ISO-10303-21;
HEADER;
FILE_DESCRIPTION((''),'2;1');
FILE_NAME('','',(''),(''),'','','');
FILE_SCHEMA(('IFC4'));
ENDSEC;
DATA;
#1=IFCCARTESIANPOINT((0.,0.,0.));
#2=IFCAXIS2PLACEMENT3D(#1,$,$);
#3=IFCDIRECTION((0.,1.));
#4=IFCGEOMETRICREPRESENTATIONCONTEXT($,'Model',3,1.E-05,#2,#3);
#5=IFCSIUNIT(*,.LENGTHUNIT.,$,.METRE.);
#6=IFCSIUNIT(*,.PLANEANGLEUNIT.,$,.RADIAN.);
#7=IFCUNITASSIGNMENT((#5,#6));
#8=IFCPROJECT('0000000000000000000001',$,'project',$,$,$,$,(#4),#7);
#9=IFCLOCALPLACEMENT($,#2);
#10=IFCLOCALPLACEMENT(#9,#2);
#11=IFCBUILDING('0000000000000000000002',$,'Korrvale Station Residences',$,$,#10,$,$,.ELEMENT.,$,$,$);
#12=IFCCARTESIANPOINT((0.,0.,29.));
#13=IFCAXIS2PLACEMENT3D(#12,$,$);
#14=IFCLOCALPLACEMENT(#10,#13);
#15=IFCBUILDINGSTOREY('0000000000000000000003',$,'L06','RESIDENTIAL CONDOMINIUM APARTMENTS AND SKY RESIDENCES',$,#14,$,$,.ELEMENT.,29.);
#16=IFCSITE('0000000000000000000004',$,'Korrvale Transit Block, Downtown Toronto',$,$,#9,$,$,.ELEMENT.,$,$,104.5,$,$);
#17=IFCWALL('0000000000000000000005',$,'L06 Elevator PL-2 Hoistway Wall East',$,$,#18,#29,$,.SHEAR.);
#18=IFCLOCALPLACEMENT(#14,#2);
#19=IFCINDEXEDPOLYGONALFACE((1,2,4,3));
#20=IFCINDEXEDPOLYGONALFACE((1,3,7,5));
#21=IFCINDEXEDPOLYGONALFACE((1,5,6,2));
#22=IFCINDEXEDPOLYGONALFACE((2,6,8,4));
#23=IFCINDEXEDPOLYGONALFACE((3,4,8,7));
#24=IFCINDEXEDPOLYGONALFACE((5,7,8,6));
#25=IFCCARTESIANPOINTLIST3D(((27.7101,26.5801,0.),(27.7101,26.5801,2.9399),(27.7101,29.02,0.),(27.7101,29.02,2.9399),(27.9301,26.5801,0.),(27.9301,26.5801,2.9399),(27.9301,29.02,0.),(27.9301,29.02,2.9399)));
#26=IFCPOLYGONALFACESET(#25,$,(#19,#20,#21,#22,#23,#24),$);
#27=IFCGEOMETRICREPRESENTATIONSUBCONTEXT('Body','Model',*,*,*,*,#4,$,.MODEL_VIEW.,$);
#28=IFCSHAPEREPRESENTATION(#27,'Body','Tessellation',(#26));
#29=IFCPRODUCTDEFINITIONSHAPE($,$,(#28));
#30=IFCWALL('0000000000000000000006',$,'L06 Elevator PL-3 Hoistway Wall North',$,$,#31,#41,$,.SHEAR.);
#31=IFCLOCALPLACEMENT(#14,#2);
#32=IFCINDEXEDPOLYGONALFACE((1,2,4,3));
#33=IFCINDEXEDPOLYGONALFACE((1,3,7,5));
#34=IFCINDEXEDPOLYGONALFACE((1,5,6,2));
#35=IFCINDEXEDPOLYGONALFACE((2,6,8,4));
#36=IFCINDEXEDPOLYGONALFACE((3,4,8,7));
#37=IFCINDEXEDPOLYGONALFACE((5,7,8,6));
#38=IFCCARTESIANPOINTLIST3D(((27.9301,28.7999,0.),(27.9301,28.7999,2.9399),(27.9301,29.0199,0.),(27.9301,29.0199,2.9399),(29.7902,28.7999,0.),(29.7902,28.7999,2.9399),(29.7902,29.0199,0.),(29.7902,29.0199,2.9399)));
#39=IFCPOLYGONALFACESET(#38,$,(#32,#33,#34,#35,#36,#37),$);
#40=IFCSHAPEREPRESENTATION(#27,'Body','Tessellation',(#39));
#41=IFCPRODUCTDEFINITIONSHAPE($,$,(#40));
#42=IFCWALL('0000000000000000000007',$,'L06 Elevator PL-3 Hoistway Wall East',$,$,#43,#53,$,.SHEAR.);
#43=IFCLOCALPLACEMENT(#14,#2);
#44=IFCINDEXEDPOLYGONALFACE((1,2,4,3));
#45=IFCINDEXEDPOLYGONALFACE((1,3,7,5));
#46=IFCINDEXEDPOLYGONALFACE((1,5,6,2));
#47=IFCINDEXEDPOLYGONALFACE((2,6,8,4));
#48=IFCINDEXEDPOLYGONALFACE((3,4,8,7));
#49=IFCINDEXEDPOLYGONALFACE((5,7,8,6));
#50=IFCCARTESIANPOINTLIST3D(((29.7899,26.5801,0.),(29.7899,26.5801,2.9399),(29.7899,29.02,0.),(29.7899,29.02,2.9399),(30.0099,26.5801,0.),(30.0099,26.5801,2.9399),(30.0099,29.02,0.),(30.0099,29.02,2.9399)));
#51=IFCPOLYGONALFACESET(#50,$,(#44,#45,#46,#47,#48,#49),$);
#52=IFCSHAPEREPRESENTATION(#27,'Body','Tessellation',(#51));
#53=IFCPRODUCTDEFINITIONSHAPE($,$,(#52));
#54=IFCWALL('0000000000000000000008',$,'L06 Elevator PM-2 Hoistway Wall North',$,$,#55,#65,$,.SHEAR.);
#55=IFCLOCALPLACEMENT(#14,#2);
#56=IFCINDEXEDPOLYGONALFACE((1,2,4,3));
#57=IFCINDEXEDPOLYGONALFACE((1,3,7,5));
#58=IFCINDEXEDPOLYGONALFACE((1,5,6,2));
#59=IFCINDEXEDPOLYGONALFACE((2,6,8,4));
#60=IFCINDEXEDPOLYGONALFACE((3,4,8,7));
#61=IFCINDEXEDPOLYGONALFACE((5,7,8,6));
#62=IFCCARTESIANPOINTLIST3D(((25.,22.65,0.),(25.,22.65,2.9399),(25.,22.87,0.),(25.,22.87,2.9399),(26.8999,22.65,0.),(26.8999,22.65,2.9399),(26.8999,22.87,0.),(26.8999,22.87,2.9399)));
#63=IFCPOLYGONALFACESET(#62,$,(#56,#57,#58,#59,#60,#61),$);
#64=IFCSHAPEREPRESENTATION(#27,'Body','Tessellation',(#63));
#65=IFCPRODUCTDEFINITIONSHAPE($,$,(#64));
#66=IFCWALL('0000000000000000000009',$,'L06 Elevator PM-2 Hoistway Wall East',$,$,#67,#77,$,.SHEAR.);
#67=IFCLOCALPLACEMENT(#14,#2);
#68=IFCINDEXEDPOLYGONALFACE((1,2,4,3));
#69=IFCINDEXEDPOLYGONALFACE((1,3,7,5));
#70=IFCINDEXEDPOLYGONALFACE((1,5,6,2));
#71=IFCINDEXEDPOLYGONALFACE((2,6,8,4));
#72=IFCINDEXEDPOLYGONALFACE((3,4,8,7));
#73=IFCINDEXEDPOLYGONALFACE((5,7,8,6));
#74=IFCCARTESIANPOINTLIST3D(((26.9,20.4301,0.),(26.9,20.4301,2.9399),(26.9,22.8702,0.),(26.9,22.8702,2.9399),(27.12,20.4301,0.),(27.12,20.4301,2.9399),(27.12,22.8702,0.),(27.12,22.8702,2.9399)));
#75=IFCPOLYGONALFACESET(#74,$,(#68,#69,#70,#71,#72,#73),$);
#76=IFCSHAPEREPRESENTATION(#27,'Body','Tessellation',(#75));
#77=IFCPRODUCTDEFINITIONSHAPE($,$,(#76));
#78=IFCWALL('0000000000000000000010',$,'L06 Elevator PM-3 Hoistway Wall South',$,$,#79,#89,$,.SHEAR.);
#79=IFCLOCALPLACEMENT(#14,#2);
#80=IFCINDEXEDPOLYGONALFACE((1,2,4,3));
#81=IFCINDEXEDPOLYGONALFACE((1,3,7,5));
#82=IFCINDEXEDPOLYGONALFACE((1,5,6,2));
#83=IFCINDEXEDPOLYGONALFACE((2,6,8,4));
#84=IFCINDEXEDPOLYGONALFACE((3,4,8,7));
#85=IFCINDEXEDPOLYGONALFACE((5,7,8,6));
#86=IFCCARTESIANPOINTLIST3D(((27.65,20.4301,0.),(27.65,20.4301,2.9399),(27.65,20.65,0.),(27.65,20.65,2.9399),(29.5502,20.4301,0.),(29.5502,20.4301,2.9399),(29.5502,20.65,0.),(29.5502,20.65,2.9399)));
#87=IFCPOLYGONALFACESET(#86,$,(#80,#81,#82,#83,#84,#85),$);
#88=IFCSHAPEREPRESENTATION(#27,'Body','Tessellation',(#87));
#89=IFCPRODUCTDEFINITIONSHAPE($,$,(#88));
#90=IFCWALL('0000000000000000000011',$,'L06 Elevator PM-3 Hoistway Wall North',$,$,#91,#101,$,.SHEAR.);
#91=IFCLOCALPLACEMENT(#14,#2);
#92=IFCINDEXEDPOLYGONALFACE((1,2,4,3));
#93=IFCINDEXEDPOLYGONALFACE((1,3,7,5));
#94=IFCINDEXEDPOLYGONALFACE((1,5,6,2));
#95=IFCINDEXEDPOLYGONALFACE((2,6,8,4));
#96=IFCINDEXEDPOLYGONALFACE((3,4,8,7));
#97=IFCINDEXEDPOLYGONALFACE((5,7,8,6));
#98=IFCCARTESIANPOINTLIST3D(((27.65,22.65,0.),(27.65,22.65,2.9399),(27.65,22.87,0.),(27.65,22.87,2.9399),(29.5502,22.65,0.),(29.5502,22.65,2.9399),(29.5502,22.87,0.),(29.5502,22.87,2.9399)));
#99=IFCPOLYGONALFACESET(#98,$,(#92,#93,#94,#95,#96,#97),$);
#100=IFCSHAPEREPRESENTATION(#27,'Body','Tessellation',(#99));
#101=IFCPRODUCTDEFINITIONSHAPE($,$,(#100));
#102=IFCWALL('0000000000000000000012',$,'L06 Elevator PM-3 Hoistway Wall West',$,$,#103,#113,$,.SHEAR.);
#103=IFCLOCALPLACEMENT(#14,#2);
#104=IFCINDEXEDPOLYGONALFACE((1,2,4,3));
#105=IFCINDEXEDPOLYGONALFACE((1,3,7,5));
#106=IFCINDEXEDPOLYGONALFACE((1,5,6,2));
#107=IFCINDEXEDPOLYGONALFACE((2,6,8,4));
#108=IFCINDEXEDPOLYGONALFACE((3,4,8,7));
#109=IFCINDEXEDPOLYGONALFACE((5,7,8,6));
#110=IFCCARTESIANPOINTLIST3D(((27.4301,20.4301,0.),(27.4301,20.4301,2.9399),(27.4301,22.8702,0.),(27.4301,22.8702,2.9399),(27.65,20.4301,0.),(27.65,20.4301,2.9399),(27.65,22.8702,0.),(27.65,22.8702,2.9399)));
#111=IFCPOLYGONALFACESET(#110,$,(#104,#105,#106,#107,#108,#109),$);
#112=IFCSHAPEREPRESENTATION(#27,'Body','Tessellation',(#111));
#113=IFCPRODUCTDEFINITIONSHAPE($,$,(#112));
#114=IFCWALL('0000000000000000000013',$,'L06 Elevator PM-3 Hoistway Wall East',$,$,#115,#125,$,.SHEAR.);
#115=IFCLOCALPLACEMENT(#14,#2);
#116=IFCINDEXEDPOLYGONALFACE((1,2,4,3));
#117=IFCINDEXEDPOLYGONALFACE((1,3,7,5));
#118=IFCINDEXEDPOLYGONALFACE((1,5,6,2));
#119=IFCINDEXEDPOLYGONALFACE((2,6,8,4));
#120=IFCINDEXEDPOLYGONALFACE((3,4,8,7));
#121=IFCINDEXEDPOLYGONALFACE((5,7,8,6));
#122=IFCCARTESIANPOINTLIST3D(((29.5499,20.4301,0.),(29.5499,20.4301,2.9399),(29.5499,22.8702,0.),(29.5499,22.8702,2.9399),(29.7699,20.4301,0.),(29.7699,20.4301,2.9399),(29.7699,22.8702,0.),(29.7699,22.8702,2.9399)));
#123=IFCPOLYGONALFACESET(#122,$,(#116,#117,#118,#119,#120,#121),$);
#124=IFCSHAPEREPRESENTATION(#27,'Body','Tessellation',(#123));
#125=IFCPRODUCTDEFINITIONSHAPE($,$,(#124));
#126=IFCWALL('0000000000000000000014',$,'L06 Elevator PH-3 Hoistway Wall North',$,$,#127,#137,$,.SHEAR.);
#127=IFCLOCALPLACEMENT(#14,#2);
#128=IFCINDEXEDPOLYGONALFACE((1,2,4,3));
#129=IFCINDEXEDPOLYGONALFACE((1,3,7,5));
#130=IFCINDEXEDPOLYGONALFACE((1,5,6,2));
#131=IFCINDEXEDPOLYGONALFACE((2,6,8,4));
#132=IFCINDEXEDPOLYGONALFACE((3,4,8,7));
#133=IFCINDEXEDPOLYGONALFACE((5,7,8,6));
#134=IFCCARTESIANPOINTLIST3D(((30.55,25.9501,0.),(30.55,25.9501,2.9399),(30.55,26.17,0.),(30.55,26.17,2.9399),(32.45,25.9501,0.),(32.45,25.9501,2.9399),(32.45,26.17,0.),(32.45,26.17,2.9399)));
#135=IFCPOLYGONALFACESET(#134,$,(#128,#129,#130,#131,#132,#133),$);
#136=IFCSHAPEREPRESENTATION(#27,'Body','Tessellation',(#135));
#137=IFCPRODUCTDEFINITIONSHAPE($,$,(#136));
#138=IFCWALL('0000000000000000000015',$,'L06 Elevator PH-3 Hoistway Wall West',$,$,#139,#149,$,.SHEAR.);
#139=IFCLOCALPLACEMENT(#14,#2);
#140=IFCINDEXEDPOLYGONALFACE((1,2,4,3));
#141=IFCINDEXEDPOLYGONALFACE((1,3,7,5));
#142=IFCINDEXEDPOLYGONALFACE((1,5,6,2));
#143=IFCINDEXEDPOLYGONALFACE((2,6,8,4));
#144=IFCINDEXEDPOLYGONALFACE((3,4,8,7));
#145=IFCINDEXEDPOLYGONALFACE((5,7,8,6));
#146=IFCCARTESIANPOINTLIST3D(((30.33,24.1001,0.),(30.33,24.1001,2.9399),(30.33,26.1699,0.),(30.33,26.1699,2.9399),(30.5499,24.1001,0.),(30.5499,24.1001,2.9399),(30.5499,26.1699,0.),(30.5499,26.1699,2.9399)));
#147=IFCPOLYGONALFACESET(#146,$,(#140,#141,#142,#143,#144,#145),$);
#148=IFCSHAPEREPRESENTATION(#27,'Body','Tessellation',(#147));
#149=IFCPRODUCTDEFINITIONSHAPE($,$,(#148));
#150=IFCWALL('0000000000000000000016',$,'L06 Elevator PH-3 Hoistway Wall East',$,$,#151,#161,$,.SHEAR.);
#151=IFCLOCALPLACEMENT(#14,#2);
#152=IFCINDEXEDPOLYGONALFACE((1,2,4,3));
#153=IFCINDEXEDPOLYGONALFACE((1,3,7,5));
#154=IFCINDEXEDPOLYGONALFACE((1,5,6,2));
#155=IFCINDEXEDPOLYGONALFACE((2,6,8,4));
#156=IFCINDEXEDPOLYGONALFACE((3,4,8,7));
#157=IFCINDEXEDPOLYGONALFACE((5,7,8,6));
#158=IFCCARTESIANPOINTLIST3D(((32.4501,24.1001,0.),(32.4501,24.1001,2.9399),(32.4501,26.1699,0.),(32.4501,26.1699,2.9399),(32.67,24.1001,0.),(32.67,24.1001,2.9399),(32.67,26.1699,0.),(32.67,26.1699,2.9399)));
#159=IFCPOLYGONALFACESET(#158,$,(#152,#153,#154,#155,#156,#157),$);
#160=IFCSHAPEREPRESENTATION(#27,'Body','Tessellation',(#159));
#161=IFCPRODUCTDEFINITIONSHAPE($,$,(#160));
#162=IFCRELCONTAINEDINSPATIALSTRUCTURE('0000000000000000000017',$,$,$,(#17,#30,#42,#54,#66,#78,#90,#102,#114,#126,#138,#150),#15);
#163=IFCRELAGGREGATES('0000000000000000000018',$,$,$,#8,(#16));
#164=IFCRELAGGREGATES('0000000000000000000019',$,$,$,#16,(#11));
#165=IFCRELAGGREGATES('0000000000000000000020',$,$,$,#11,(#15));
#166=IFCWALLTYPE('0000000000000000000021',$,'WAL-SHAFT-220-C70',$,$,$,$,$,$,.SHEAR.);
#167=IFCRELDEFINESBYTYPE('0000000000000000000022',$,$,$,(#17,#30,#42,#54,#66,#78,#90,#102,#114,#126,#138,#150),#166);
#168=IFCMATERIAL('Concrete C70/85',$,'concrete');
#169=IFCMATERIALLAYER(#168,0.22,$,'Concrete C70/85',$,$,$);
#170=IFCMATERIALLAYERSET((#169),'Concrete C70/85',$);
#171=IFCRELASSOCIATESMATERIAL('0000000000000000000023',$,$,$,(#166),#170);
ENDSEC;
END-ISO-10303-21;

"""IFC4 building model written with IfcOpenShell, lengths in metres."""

from ifc_helpers import new_model, si_unit, direction, frame, frame_2d, origin, place, context, subcontext, project, spatial, rectangle, extrude, material, layer, layer_set, type_object, element, save


model = new_model("IFC4")

# Units and contexts
model_context = context("Model", 3, precision=1e-05, world=origin(), true_north=direction((0.0, 1.0)))
body_context = subcontext(model_context, "Body", "Model", "MODEL_VIEW")
ifc_project = project(units=[si_unit("LENGTHUNIT", "METRE"), si_unit("PLANEANGLEUNIT", "RADIAN")], contexts=[model_context])

# Site, building, storey
site_placement = place(None, origin())
site = spatial("IfcSite", under=ifc_project, at=site_placement, Name="Korrvale Transit Block, Downtown Toronto", CompositionType="ELEMENT", RefElevation=104.5)
building_placement = place(site_placement, origin())
building = spatial("IfcBuilding", under=site, at=building_placement, Name="Korrvale Station Residences", CompositionType="ELEMENT")
storey_placement = place(building_placement, frame((0.0, 0.0, 29.0)))
storey = spatial("IfcBuildingStorey", under=building, at=storey_placement, Name="L06", Description="RESIDENTIAL CONDOMINIUM APARTMENTS AND SKY RESIDENCES", CompositionType="ELEMENT", Elevation=29.0)

# Shared definitions
ifc_material_1 = material(Name="Concrete C70/85", Category="concrete")

# Shared definitions
ifc_layer_1 = layer(ifc_material_1, 0.22, Name="Concrete C70/85")
ifc_layer_set_1 = layer_set([ifc_layer_1], Name="Concrete C70/85")
wall_type_1 = type_object("IfcWallType", Name="WAL-SHAFT-220-C70", PredefinedType="SHEAR", material=ifc_layer_set_1)

# Wall
for number, where, z_axis, x_axis, name in (
    (1, (27.8201, 26.5801, 0.0), (0.0, 0.0, 1.0), (0.0, 1.0, 0.0), "L06 Elevator PL-2 Hoistway Wall East"),
):
    element("IfcWall", number, at=place(storey_placement, frame(where, z_axis=z_axis, x_axis=x_axis)), inside=storey, type_object=wall_type_1, Name=name, PredefinedType="SHEAR", context=body_context, shape_type="SweptSolid", body=[
        extrude(rectangle(XDim=2.4399, YDim=0.22, at=frame_2d((1.22, 0.0))), origin(), (0.0, 0.0, 1.0), 2.9399),
    ])

# Walls
wall_1_placement = place(storey_placement, frame((27.9299, 28.9099, 0.0), z_axis=(0.0, 0.0, 1.0), x_axis=(1.0, 0.0, 0.0)))
element("IfcWall", 2, at=wall_1_placement, inside=storey, type_object=wall_type_1, Name="L06 Elevator PL-3 Hoistway Wall North", PredefinedType="SHEAR", context=body_context, shape_type="SweptSolid", body=[
    extrude(rectangle(XDim=1.8601, YDim=0.22, at=frame_2d((0.9302, 0.0))), origin(), (0.0, 0.0, 1.0), 2.9399),
])
wall_2_placement = place(storey_placement, frame((29.8999, 26.5801, 0.0), z_axis=(0.0, 0.0, 1.0), x_axis=(0.0, 1.0, 0.0)))
element("IfcWall", 3, at=wall_2_placement, inside=storey, type_object=wall_type_1, Name="L06 Elevator PL-3 Hoistway Wall East", PredefinedType="SHEAR", context=body_context, shape_type="SweptSolid", body=[
    extrude(rectangle(XDim=2.4399, YDim=0.22, at=frame_2d((1.22, 0.0))), origin(), (0.0, 0.0, 1.0), 2.9399),
])
wall_3_placement = place(storey_placement, frame((25.0, 22.76, 0.0), z_axis=(0.0, 0.0, 1.0), x_axis=(1.0, 0.0, 0.0)))
element("IfcWall", 4, at=wall_3_placement, inside=storey, type_object=wall_type_1, Name="L06 Elevator PM-2 Hoistway Wall North", PredefinedType="SHEAR", context=body_context, shape_type="SweptSolid", body=[
    extrude(rectangle(XDim=1.8999, YDim=0.22, at=frame_2d((0.95, 0.0))), origin(), (0.0, 0.0, 1.0), 2.9399),
])
wall_4_placement = place(storey_placement, frame((27.01, 20.4299, 0.0), z_axis=(0.0, 0.0, 1.0), x_axis=(0.0, 1.0, 0.0)))
element("IfcWall", 5, at=wall_4_placement, inside=storey, type_object=wall_type_1, Name="L06 Elevator PM-2 Hoistway Wall East", PredefinedType="SHEAR", context=body_context, shape_type="SweptSolid", body=[
    extrude(rectangle(XDim=2.4402, YDim=0.22, at=frame_2d((1.2202, 0.0))), origin(), (0.0, 0.0, 1.0), 2.9399),
])
for number, where, z_axis, x_axis, name in (
    (6, (27.6499, 20.54, 0.0), (0.0, 0.0, 1.0), (1.0, 0.0, 0.0), "L06 Elevator PM-3 Hoistway Wall South"),
    (7, (27.6499, 22.76, 0.0), (0.0, 0.0, 1.0), (1.0, 0.0, 0.0), "L06 Elevator PM-3 Hoistway Wall North"),
):
    element("IfcWall", number, at=place(storey_placement, frame(where, z_axis=z_axis, x_axis=x_axis)), inside=storey, type_object=wall_type_1, Name=name, PredefinedType="SHEAR", context=body_context, shape_type="SweptSolid", body=[
        extrude(rectangle(XDim=1.9001, YDim=0.22, at=frame_2d((0.9502, 0.0))), origin(), (0.0, 0.0, 1.0), 2.9399),
    ])
for number, where, z_axis, x_axis, name in (
    (8, (27.54, 20.4299, 0.0), (0.0, 0.0, 1.0), (0.0, 1.0, 0.0), "L06 Elevator PM-3 Hoistway Wall West"),
    (9, (29.6599, 20.4299, 0.0), (0.0, 0.0, 1.0), (0.0, 1.0, 0.0), "L06 Elevator PM-3 Hoistway Wall East"),
):
    element("IfcWall", number, at=place(storey_placement, frame(where, z_axis=z_axis, x_axis=x_axis)), inside=storey, type_object=wall_type_1, Name=name, PredefinedType="SHEAR", context=body_context, shape_type="SweptSolid", body=[
        extrude(rectangle(XDim=2.4402, YDim=0.22, at=frame_2d((1.2202, 0.0))), origin(), (0.0, 0.0, 1.0), 2.9399),
    ])
wall_5_placement = place(storey_placement, frame((30.55, 26.0601, 0.0), z_axis=(0.0, 0.0, 1.0), x_axis=(1.0, 0.0, 0.0)))
element("IfcWall", 10, at=wall_5_placement, inside=storey, type_object=wall_type_1, Name="L06 Elevator PH-3 Hoistway Wall North", PredefinedType="SHEAR", context=body_context, shape_type="SweptSolid", body=[
    extrude(rectangle(XDim=1.8999, YDim=0.22, at=frame_2d((0.95, 0.0))), origin(), (0.0, 0.0, 1.0), 2.9399),
])
for number, where, z_axis, x_axis, name in (
    (11, (30.4399, 24.1001, 0.0), (0.0, 0.0, 1.0), (0.0, 1.0, 0.0), "L06 Elevator PH-3 Hoistway Wall West"),
    (12, (32.5601, 24.1001, 0.0), (0.0, 0.0, 1.0), (0.0, 1.0, 0.0), "L06 Elevator PH-3 Hoistway Wall East"),
):
    element("IfcWall", number, at=place(storey_placement, frame(where, z_axis=z_axis, x_axis=x_axis)), inside=storey, type_object=wall_type_1, Name=name, PredefinedType="SHEAR", context=body_context, shape_type="SweptSolid", body=[
        extrude(rectangle(XDim=2.0698, YDim=0.22, at=frame_2d((1.0349, 0.0))), origin(), (0.0, 0.0, 1.0), 2.9399),
    ])

save(model, "model.ifc")
